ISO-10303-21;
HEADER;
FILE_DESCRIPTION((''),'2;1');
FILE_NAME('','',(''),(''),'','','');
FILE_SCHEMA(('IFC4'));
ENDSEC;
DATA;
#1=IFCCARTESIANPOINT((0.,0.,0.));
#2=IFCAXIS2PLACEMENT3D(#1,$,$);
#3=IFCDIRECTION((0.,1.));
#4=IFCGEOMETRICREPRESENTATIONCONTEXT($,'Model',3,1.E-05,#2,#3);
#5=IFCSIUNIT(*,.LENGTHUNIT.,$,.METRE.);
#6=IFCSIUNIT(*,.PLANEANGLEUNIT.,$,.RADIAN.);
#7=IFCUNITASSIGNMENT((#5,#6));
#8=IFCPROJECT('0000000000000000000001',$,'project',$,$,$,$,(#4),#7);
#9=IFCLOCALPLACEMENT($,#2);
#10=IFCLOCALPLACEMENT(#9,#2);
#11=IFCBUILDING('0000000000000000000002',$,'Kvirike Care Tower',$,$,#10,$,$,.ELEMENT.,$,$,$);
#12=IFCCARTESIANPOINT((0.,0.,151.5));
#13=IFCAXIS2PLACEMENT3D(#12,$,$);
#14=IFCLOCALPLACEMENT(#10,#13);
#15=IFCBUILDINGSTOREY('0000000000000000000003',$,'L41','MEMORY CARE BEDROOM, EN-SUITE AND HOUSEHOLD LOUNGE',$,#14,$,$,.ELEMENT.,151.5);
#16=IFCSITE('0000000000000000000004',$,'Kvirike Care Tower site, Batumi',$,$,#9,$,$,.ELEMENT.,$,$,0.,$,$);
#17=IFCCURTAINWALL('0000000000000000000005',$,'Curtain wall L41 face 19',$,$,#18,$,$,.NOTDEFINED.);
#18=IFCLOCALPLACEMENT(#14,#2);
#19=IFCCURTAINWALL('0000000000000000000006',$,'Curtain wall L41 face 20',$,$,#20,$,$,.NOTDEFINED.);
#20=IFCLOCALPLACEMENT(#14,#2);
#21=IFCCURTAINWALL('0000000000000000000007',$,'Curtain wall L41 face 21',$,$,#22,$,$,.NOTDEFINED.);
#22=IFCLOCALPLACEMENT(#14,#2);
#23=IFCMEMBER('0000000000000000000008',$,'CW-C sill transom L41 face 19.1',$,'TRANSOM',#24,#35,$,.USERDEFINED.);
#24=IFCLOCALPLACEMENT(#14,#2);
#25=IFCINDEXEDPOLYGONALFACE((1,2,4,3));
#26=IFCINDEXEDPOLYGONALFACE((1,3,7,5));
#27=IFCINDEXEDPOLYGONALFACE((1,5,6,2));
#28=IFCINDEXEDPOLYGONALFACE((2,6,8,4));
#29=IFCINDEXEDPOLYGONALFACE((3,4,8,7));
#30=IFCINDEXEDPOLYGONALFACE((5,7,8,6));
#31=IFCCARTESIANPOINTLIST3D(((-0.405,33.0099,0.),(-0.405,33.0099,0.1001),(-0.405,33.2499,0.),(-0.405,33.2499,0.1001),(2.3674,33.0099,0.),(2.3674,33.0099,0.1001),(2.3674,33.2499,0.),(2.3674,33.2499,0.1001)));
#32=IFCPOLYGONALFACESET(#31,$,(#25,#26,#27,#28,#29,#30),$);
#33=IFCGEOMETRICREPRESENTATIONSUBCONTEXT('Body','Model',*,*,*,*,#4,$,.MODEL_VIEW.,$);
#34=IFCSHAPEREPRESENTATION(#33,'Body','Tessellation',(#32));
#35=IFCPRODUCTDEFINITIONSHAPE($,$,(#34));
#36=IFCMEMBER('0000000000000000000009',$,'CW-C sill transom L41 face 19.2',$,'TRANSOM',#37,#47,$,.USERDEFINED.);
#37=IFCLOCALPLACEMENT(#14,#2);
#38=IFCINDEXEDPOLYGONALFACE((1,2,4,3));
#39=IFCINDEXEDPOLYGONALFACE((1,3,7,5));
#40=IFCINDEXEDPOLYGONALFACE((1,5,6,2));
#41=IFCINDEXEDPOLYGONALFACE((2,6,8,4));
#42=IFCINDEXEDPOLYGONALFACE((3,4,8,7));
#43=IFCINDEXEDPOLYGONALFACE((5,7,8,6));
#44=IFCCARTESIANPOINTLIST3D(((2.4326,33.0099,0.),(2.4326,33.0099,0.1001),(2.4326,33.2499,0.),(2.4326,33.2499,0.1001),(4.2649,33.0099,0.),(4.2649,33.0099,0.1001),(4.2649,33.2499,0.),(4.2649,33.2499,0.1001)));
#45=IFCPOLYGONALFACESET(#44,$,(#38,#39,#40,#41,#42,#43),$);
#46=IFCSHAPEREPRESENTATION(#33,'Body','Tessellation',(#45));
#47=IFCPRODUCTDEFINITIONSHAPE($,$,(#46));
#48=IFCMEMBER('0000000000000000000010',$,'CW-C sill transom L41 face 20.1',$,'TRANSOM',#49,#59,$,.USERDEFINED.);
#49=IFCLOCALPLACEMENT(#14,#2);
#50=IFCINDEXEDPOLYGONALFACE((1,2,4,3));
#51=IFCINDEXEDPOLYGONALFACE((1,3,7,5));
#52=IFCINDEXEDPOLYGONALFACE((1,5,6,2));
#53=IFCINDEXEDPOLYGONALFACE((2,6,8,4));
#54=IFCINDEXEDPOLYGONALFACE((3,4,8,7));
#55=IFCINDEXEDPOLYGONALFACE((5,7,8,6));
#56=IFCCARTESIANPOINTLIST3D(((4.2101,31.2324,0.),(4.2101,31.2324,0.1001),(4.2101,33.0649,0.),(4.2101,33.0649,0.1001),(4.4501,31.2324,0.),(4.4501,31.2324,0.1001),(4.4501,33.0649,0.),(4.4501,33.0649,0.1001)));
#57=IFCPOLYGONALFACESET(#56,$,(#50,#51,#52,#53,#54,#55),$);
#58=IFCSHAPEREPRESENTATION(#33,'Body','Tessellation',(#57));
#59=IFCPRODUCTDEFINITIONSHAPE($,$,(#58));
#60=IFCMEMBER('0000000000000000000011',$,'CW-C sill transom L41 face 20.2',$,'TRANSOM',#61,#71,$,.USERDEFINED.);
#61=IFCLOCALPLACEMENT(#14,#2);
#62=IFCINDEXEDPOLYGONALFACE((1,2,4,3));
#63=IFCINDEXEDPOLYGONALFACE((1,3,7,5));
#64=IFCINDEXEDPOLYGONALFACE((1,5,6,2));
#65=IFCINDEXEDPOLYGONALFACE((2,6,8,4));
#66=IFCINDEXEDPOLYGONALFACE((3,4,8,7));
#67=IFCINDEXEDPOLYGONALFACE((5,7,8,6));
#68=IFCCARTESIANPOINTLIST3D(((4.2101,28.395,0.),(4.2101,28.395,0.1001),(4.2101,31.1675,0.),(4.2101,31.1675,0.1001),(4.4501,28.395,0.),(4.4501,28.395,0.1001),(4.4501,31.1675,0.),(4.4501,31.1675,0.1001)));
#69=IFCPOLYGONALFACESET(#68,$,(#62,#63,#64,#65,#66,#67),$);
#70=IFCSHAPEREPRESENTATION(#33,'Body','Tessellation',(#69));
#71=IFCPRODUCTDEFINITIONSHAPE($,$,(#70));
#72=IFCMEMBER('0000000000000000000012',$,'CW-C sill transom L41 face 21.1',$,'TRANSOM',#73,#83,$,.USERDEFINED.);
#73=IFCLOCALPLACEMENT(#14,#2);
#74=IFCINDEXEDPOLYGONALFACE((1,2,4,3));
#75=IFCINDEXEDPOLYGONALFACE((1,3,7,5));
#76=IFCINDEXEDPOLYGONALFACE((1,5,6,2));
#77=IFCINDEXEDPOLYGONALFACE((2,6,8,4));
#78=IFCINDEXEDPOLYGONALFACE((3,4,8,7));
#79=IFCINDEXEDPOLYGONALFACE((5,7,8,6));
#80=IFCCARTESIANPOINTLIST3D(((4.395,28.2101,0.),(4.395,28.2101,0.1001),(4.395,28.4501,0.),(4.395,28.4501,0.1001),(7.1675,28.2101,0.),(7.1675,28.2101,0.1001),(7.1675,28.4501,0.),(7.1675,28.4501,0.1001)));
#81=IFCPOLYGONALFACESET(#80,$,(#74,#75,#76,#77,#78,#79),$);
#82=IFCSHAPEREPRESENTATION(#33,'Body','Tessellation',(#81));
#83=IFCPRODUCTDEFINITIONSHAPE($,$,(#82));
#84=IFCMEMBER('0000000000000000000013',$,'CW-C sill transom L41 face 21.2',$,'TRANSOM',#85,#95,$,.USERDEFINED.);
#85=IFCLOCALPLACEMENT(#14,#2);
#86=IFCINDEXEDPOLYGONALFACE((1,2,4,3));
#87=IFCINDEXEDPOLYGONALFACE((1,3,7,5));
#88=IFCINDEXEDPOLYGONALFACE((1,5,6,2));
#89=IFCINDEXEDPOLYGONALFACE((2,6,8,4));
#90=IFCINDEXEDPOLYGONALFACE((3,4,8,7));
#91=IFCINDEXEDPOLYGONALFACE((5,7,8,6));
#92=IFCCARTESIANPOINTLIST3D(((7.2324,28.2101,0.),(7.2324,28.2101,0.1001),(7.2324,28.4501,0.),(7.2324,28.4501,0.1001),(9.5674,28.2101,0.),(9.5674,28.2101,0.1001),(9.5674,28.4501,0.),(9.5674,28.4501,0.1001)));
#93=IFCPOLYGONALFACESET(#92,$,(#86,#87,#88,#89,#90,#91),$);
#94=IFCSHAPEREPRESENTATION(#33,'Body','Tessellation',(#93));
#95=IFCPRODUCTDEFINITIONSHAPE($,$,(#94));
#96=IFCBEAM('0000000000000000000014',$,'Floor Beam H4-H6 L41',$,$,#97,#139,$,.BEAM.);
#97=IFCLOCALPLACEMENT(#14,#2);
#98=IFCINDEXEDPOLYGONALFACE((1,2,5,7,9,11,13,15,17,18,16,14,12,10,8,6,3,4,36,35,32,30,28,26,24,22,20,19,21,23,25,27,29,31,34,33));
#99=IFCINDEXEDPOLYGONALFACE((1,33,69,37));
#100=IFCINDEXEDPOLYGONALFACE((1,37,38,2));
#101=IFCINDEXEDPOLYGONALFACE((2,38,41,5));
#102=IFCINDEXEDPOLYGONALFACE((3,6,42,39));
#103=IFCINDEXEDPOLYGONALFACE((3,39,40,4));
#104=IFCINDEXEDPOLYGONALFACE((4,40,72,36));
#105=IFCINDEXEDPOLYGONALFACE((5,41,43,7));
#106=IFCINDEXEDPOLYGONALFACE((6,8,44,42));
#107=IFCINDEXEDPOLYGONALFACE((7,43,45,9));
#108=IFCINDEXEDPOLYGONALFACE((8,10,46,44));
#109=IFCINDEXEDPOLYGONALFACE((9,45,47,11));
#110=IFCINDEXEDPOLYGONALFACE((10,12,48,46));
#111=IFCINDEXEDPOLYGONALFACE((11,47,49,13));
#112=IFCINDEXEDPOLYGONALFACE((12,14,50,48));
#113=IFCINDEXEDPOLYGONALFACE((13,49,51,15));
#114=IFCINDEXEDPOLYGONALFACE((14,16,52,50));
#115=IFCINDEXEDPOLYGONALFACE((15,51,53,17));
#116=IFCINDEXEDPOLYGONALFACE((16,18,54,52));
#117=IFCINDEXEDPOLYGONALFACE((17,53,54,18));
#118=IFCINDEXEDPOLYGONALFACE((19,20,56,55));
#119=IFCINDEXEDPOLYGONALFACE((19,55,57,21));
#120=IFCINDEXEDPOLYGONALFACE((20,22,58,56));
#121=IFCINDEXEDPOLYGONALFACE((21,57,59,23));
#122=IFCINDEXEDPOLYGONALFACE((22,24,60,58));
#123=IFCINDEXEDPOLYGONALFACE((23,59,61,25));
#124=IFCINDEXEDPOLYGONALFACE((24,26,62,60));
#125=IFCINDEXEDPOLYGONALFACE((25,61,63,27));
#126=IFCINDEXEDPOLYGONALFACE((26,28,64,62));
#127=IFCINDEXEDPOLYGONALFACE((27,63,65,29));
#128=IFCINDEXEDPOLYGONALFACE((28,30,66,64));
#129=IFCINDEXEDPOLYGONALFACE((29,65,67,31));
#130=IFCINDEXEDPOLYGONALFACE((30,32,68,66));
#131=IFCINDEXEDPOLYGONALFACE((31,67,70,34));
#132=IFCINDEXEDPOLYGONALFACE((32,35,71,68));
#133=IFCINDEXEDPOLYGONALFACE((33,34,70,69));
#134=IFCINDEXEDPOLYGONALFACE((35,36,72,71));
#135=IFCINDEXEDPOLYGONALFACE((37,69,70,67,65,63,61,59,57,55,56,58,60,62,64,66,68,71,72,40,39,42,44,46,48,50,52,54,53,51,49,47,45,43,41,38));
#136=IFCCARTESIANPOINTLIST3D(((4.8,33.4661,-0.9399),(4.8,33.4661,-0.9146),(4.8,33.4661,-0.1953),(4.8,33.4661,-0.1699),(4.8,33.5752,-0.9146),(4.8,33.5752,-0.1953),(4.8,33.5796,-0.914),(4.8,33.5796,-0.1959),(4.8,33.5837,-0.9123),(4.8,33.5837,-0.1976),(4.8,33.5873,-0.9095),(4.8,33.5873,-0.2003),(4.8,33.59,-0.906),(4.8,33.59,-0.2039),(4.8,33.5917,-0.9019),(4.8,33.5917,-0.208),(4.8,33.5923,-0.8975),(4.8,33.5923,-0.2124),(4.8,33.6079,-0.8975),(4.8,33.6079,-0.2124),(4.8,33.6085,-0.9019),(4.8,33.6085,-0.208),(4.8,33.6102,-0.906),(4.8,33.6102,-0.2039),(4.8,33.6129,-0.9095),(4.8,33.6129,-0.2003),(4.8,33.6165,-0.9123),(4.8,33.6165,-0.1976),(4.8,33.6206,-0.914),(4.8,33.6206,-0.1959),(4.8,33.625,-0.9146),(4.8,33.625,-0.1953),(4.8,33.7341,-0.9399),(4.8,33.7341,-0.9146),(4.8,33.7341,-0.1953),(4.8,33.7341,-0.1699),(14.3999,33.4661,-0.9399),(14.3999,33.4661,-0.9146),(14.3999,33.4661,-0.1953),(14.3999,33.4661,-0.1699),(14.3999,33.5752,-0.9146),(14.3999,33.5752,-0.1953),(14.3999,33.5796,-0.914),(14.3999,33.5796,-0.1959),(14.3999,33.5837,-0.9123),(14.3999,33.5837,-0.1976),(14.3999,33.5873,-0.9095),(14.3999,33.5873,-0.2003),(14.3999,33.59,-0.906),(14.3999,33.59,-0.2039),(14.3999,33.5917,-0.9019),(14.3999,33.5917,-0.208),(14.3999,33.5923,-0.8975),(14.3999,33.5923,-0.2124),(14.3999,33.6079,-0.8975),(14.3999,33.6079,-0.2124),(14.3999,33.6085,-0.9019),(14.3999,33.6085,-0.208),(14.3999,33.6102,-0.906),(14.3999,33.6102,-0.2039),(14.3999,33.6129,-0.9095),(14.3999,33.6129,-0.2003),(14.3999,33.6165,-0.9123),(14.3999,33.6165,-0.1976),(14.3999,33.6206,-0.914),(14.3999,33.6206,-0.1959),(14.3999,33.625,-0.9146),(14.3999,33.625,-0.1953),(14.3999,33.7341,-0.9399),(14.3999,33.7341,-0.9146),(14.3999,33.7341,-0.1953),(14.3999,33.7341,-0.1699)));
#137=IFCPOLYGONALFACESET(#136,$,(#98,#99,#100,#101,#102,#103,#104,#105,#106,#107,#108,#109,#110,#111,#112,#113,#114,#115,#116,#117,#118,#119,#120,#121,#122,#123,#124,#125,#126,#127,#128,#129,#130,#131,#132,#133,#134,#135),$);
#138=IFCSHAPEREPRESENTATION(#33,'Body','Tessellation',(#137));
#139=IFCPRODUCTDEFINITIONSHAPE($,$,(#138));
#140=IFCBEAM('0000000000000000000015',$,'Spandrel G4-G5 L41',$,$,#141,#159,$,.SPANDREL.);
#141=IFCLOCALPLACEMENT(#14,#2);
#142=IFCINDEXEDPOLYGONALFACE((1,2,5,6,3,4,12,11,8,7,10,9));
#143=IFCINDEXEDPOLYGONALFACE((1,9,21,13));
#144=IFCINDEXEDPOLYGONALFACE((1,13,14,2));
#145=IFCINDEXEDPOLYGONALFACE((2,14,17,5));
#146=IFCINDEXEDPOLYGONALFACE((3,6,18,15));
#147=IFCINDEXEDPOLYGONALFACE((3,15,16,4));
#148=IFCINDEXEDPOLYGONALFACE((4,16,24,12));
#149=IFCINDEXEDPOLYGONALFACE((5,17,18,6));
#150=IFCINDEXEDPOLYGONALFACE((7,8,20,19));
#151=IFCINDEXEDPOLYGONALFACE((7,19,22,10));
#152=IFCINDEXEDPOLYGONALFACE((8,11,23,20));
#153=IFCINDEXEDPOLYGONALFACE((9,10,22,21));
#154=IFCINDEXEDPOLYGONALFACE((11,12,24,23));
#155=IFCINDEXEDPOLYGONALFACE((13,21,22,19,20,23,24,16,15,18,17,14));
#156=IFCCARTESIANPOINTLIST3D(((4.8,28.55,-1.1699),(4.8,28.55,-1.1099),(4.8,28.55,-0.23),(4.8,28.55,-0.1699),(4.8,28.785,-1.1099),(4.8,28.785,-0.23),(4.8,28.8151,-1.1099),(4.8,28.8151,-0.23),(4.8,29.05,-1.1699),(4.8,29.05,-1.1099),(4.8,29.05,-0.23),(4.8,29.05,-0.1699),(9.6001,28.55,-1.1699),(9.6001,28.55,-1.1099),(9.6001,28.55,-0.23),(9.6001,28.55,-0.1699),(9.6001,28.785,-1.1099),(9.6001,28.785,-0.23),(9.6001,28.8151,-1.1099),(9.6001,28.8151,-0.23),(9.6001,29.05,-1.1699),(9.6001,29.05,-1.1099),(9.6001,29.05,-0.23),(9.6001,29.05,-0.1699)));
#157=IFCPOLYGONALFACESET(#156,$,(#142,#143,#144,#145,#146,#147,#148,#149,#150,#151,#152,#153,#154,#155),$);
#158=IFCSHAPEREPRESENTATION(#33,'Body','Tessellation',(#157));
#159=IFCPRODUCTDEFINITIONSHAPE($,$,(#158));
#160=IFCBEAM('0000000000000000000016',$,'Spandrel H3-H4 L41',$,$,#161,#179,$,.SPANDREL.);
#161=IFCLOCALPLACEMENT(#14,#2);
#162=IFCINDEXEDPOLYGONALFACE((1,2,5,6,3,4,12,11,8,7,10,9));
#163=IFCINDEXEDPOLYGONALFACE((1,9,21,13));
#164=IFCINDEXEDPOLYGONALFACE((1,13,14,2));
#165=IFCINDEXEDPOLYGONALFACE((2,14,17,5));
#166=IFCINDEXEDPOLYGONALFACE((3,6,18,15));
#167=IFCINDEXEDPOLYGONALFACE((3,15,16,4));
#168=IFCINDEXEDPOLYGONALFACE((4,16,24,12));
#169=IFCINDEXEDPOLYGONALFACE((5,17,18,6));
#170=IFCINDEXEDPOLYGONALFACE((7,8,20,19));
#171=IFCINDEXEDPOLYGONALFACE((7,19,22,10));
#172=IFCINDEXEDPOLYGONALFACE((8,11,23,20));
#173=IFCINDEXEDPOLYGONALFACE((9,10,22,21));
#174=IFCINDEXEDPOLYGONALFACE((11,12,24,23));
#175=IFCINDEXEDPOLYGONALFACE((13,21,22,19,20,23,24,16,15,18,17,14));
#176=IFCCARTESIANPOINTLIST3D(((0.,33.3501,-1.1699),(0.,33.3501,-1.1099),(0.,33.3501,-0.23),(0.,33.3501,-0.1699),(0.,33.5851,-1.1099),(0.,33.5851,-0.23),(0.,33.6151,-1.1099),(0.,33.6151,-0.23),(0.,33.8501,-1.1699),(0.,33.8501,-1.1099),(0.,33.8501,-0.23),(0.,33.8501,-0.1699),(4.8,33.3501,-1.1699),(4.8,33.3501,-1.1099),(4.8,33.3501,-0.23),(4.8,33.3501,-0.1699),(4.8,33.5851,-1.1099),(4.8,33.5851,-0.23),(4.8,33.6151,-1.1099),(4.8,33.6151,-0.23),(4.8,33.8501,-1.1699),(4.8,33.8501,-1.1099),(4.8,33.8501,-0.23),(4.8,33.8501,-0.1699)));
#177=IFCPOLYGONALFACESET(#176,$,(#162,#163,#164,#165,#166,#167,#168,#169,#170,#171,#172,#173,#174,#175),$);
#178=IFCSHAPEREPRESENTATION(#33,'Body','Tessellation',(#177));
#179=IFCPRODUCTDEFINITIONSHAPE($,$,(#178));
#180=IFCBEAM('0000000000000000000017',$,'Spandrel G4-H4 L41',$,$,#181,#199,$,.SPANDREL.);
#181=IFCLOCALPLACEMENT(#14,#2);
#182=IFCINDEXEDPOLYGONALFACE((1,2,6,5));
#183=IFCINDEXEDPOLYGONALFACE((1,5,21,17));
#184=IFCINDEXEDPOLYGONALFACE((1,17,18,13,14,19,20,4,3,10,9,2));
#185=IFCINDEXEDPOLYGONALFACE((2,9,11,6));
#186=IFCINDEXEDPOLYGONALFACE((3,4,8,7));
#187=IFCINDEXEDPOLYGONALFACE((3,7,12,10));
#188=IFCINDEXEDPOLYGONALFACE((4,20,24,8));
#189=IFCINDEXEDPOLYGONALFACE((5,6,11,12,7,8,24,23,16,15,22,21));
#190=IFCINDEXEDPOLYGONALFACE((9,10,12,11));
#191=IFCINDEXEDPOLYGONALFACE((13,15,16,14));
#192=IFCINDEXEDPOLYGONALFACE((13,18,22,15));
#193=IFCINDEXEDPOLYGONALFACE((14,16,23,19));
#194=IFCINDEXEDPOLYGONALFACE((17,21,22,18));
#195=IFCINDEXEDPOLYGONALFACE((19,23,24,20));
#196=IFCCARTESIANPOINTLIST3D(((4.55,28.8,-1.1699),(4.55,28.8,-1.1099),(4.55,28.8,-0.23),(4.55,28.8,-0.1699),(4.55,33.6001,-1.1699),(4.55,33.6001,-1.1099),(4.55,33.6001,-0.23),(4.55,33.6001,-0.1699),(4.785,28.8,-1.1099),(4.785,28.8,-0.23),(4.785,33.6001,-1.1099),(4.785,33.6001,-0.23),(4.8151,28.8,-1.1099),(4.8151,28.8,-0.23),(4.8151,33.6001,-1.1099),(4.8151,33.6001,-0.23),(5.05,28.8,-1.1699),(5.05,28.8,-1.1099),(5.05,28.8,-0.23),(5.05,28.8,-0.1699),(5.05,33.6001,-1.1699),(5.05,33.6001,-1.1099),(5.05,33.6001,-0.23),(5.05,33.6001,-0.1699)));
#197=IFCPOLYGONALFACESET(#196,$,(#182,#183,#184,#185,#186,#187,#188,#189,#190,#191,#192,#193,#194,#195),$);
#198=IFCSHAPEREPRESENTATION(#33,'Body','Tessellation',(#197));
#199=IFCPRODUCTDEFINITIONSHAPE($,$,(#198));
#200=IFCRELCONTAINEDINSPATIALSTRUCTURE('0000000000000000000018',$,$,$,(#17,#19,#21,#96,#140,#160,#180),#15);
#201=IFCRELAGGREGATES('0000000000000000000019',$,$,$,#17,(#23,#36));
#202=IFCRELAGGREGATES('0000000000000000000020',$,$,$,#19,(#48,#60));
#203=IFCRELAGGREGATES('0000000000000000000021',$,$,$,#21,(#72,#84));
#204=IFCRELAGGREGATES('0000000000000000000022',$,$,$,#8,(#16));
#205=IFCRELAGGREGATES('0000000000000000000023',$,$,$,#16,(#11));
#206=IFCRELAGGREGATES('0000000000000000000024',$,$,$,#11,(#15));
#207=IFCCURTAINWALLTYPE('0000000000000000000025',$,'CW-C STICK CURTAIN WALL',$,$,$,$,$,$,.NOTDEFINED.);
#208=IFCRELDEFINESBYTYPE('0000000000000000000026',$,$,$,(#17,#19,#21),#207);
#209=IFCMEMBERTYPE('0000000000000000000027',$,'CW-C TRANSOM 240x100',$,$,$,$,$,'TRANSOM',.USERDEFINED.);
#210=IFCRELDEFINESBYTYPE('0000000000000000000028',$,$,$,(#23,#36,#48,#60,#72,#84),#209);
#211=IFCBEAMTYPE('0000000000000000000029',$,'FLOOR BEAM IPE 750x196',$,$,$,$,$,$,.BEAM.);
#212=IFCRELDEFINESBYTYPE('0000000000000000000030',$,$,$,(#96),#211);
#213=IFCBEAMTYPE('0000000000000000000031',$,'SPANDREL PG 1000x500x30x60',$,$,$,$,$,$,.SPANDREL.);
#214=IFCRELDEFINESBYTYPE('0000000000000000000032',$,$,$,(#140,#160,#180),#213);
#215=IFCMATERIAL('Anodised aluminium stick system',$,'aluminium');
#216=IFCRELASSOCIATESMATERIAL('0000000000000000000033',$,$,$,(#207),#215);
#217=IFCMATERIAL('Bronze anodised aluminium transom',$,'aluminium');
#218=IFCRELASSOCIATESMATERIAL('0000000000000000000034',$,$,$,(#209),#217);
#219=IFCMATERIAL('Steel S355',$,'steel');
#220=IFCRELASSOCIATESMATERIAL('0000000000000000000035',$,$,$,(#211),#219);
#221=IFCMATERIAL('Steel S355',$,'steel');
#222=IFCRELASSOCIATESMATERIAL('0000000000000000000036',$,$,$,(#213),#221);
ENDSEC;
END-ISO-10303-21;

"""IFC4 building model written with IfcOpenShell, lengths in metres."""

from ifc_helpers import new_model, si_unit, direction, frame, origin, origin_2d, place, context, subcontext, project, spatial, rectangle, i_section, extrude, material, material_profile, profile_set, type_object, element, aggregate, save


model = new_model("IFC4")

# Units and contexts
model_context = context("Model", 3, precision=1e-05, world=origin(), true_north=direction((0.0, 1.0)))
body_context = subcontext(model_context, "Body", "Model", "MODEL_VIEW")
ifc_project = project(units=[si_unit("LENGTHUNIT", "METRE"), si_unit("PLANEANGLEUNIT", "RADIAN")], contexts=[model_context])

# Site, building, storey
site_placement = place(None, origin())
site = spatial("IfcSite", under=ifc_project, at=site_placement, Name="Kvirike Care Tower site, Batumi", CompositionType="ELEMENT", RefElevation=0.0)
building_placement = place(site_placement, origin())
building = spatial("IfcBuilding", under=site, at=building_placement, Name="Kvirike Care Tower", CompositionType="ELEMENT")
storey_placement = place(building_placement, frame((0.0, 0.0, 151.5)))
storey = spatial("IfcBuildingStorey", under=building, at=storey_placement, Name="L41", Description="MEMORY CARE BEDROOM, EN-SUITE AND HOUSEHOLD LOUNGE", CompositionType="ELEMENT", Elevation=151.5)

# Curtain walls
ifc_material_1 = material(Name="Anodised aluminium stick system", Category="aluminium")
curtain_wall_type = type_object("IfcCurtainWallType", Name="CW-C STICK CURTAIN WALL", PredefinedType="NOTDEFINED", material=ifc_material_1)
curtain_wall_1_placement = place(storey_placement, origin())
curtain_wall_1 = element("IfcCurtainWall", 1, at=curtain_wall_1_placement, inside=storey, type_object=curtain_wall_type, Name="Curtain wall L41 face 19", PredefinedType="NOTDEFINED")
curtain_wall_2_placement = place(storey_placement, origin())
curtain_wall_2 = element("IfcCurtainWall", 2, at=curtain_wall_2_placement, inside=storey, type_object=curtain_wall_type, Name="Curtain wall L41 face 20", PredefinedType="NOTDEFINED")

# Curtain wall
curtain_wall_3_placement = place(storey_placement, origin())
curtain_wall_3 = element("IfcCurtainWall", 3, at=curtain_wall_3_placement, inside=storey, type_object=curtain_wall_type, Name="Curtain wall L41 face 21", PredefinedType="NOTDEFINED")

# Members
ifc_material_2 = material(Name="Bronze anodised aluminium transom", Category="aluminium")
ifc_material_profile_1 = material_profile(ifc_material_2, rectangle(XDim=0.24, YDim=0.1001, at=origin_2d()), Name="CW-C TRANSOM 240x100")
ifc_profile_set_1 = profile_set([ifc_material_profile_1], Name="Bronze anodised aluminium transom")
member_type_1 = type_object("IfcMemberType", Name="CW-C TRANSOM 240x100", ElementType="TRANSOM", PredefinedType="USERDEFINED", material=ifc_profile_set_1)
member_1_placement = place(storey_placement, frame((-0.405, 33.1299, 0.05), z_axis=(1.0, 0.0, 0.0), x_axis=(0.0, 1.0, 0.0)))
member_1 = element("IfcMember", 4, at=member_1_placement, type_object=member_type_1, Name="CW-C sill transom L41 face 19.1", ObjectType="TRANSOM", PredefinedType="USERDEFINED", context=body_context, shape_type="SweptSolid", body=[
    extrude(rectangle(XDim=0.24, YDim=0.1001, at=origin_2d()), origin(), (0.0, 0.0, 1.0), 2.7725),
])
member_2_placement = place(storey_placement, frame((2.4326, 33.1299, 0.05), z_axis=(1.0, 0.0, 0.0), x_axis=(0.0, 1.0, 0.0)))
member_2 = element("IfcMember", 5, at=member_2_placement, type_object=member_type_1, Name="CW-C sill transom L41 face 19.2", ObjectType="TRANSOM", PredefinedType="USERDEFINED", context=body_context, shape_type="SweptSolid", body=[
    extrude(rectangle(XDim=0.24, YDim=0.1001, at=origin_2d()), origin(), (0.0, 0.0, 1.0), 1.8323),
])
member_3_placement = place(storey_placement, frame((4.3301, 33.0649, 0.05), z_axis=(0.0, -1.0, 0.0), x_axis=(1.0, 0.0, 0.0)))
member_3 = element("IfcMember", 6, at=member_3_placement, type_object=member_type_1, Name="CW-C sill transom L41 face 20.1", ObjectType="TRANSOM", PredefinedType="USERDEFINED", context=body_context, shape_type="SweptSolid", body=[
    extrude(rectangle(XDim=0.24, YDim=0.1001, at=origin_2d()), origin(), (0.0, 0.0, 1.0), 1.8325),
])
member_4_placement = place(storey_placement, frame((4.3301, 31.1675, 0.05), z_axis=(0.0, -1.0, 0.0), x_axis=(1.0, 0.0, 0.0)))
member_4 = element("IfcMember", 7, at=member_4_placement, type_object=member_type_1, Name="CW-C sill transom L41 face 20.2", ObjectType="TRANSOM", PredefinedType="USERDEFINED", context=body_context, shape_type="SweptSolid", body=[
    extrude(rectangle(XDim=0.24, YDim=0.1001, at=origin_2d()), origin(), (0.0, 0.0, 1.0), 2.7725),
])
member_5_placement = place(storey_placement, frame((4.395, 28.3301, 0.05), z_axis=(1.0, 0.0, 0.0), x_axis=(0.0, 1.0, 0.0)))
member_5 = element("IfcMember", 8, at=member_5_placement, type_object=member_type_1, Name="CW-C sill transom L41 face 21.1", ObjectType="TRANSOM", PredefinedType="USERDEFINED", context=body_context, shape_type="SweptSolid", body=[
    extrude(rectangle(XDim=0.24, YDim=0.1001, at=origin_2d()), origin(), (0.0, 0.0, 1.0), 2.7725),
])
member_6_placement = place(storey_placement, frame((7.2324, 28.3301, 0.05), z_axis=(1.0, 0.0, 0.0), x_axis=(0.0, 1.0, 0.0)))
member_6 = element("IfcMember", 9, at=member_6_placement, type_object=member_type_1, Name="CW-C sill transom L41 face 21.2", ObjectType="TRANSOM", PredefinedType="USERDEFINED", context=body_context, shape_type="SweptSolid", body=[
    extrude(rectangle(XDim=0.24, YDim=0.1001, at=origin_2d()), origin(), (0.0, 0.0, 1.0), 2.335),
])

# Beams
ifc_material_3 = material(Name="Steel S355", Category="steel")
ifc_material_profile_2 = material_profile(ifc_material_3, i_section(OverallWidth=0.2681, OverallDepth=0.77, WebThickness=0.0156, FlangeThickness=0.0254, FilletRadius=0.0171, at=origin_2d()), Name="IPE 750x196")
ifc_profile_set_2 = profile_set([ifc_material_profile_2], Name="Steel S355")
beam_type_1 = type_object("IfcBeamType", Name="FLOOR BEAM IPE 750x196", PredefinedType="BEAM", material=ifc_profile_set_2)
beam_placement = place(storey_placement, frame((4.8, 33.6001, -0.5549), z_axis=(1.0, 0.0, 0.0), x_axis=(0.0, 1.0, 0.0)))
element("IfcBeam", 10, at=beam_placement, inside=storey, type_object=beam_type_1, Name="Floor Beam H4-H6 L41", PredefinedType="BEAM", context=body_context, shape_type="SweptSolid", body=[
    extrude(i_section(OverallWidth=0.2681, OverallDepth=0.77, WebThickness=0.0156, FlangeThickness=0.0254, FilletRadius=0.0171, at=origin_2d()), origin(), (0.0, 0.0, 1.0), 9.5999),
])
ifc_material_4 = material(Name="Steel S355", Category="steel")
ifc_material_profile_3 = material_profile(ifc_material_4, i_section(OverallWidth=0.5, OverallDepth=1.0, WebThickness=0.03, FlangeThickness=0.0601, at=origin_2d()), Name="PG 1000x500x30x60")
ifc_profile_set_3 = profile_set([ifc_material_profile_3], Name="Steel S355")
beam_type_2 = type_object("IfcBeamType", Name="SPANDREL PG 1000x500x30x60", PredefinedType="SPANDREL", material=ifc_profile_set_3)
for number, where, z_axis, x_axis, name in (
    (11, (4.8, 28.8, -0.6699), (1.0, 0.0, 0.0), (0.0, 1.0, 0.0), "Spandrel G4-G5 L41"),
    (12, (0.0, 33.6001, -0.6699), (1.0, 0.0, 0.0), (0.0, 1.0, 0.0), "Spandrel H3-H4 L41"),
    (13, (4.8, 28.8, -0.6699), (0.0, 1.0, 0.0), (-1.0, 0.0, 0.0), "Spandrel G4-H4 L41"),
):
    element("IfcBeam", number, at=place(storey_placement, frame(where, z_axis=z_axis, x_axis=x_axis)), inside=storey, type_object=beam_type_2, Name=name, PredefinedType="SPANDREL", context=body_context, shape_type="SweptSolid", body=[
        extrude(i_section(OverallWidth=0.5, OverallDepth=1.0, WebThickness=0.03, FlangeThickness=0.0601, at=origin_2d()), origin(), (0.0, 0.0, 1.0), 4.8),
    ])

aggregate(curtain_wall_1, [member_1, member_2])
aggregate(curtain_wall_2, [member_3, member_4])
aggregate(curtain_wall_3, [member_5, member_6])

save(model, "model.ifc")
